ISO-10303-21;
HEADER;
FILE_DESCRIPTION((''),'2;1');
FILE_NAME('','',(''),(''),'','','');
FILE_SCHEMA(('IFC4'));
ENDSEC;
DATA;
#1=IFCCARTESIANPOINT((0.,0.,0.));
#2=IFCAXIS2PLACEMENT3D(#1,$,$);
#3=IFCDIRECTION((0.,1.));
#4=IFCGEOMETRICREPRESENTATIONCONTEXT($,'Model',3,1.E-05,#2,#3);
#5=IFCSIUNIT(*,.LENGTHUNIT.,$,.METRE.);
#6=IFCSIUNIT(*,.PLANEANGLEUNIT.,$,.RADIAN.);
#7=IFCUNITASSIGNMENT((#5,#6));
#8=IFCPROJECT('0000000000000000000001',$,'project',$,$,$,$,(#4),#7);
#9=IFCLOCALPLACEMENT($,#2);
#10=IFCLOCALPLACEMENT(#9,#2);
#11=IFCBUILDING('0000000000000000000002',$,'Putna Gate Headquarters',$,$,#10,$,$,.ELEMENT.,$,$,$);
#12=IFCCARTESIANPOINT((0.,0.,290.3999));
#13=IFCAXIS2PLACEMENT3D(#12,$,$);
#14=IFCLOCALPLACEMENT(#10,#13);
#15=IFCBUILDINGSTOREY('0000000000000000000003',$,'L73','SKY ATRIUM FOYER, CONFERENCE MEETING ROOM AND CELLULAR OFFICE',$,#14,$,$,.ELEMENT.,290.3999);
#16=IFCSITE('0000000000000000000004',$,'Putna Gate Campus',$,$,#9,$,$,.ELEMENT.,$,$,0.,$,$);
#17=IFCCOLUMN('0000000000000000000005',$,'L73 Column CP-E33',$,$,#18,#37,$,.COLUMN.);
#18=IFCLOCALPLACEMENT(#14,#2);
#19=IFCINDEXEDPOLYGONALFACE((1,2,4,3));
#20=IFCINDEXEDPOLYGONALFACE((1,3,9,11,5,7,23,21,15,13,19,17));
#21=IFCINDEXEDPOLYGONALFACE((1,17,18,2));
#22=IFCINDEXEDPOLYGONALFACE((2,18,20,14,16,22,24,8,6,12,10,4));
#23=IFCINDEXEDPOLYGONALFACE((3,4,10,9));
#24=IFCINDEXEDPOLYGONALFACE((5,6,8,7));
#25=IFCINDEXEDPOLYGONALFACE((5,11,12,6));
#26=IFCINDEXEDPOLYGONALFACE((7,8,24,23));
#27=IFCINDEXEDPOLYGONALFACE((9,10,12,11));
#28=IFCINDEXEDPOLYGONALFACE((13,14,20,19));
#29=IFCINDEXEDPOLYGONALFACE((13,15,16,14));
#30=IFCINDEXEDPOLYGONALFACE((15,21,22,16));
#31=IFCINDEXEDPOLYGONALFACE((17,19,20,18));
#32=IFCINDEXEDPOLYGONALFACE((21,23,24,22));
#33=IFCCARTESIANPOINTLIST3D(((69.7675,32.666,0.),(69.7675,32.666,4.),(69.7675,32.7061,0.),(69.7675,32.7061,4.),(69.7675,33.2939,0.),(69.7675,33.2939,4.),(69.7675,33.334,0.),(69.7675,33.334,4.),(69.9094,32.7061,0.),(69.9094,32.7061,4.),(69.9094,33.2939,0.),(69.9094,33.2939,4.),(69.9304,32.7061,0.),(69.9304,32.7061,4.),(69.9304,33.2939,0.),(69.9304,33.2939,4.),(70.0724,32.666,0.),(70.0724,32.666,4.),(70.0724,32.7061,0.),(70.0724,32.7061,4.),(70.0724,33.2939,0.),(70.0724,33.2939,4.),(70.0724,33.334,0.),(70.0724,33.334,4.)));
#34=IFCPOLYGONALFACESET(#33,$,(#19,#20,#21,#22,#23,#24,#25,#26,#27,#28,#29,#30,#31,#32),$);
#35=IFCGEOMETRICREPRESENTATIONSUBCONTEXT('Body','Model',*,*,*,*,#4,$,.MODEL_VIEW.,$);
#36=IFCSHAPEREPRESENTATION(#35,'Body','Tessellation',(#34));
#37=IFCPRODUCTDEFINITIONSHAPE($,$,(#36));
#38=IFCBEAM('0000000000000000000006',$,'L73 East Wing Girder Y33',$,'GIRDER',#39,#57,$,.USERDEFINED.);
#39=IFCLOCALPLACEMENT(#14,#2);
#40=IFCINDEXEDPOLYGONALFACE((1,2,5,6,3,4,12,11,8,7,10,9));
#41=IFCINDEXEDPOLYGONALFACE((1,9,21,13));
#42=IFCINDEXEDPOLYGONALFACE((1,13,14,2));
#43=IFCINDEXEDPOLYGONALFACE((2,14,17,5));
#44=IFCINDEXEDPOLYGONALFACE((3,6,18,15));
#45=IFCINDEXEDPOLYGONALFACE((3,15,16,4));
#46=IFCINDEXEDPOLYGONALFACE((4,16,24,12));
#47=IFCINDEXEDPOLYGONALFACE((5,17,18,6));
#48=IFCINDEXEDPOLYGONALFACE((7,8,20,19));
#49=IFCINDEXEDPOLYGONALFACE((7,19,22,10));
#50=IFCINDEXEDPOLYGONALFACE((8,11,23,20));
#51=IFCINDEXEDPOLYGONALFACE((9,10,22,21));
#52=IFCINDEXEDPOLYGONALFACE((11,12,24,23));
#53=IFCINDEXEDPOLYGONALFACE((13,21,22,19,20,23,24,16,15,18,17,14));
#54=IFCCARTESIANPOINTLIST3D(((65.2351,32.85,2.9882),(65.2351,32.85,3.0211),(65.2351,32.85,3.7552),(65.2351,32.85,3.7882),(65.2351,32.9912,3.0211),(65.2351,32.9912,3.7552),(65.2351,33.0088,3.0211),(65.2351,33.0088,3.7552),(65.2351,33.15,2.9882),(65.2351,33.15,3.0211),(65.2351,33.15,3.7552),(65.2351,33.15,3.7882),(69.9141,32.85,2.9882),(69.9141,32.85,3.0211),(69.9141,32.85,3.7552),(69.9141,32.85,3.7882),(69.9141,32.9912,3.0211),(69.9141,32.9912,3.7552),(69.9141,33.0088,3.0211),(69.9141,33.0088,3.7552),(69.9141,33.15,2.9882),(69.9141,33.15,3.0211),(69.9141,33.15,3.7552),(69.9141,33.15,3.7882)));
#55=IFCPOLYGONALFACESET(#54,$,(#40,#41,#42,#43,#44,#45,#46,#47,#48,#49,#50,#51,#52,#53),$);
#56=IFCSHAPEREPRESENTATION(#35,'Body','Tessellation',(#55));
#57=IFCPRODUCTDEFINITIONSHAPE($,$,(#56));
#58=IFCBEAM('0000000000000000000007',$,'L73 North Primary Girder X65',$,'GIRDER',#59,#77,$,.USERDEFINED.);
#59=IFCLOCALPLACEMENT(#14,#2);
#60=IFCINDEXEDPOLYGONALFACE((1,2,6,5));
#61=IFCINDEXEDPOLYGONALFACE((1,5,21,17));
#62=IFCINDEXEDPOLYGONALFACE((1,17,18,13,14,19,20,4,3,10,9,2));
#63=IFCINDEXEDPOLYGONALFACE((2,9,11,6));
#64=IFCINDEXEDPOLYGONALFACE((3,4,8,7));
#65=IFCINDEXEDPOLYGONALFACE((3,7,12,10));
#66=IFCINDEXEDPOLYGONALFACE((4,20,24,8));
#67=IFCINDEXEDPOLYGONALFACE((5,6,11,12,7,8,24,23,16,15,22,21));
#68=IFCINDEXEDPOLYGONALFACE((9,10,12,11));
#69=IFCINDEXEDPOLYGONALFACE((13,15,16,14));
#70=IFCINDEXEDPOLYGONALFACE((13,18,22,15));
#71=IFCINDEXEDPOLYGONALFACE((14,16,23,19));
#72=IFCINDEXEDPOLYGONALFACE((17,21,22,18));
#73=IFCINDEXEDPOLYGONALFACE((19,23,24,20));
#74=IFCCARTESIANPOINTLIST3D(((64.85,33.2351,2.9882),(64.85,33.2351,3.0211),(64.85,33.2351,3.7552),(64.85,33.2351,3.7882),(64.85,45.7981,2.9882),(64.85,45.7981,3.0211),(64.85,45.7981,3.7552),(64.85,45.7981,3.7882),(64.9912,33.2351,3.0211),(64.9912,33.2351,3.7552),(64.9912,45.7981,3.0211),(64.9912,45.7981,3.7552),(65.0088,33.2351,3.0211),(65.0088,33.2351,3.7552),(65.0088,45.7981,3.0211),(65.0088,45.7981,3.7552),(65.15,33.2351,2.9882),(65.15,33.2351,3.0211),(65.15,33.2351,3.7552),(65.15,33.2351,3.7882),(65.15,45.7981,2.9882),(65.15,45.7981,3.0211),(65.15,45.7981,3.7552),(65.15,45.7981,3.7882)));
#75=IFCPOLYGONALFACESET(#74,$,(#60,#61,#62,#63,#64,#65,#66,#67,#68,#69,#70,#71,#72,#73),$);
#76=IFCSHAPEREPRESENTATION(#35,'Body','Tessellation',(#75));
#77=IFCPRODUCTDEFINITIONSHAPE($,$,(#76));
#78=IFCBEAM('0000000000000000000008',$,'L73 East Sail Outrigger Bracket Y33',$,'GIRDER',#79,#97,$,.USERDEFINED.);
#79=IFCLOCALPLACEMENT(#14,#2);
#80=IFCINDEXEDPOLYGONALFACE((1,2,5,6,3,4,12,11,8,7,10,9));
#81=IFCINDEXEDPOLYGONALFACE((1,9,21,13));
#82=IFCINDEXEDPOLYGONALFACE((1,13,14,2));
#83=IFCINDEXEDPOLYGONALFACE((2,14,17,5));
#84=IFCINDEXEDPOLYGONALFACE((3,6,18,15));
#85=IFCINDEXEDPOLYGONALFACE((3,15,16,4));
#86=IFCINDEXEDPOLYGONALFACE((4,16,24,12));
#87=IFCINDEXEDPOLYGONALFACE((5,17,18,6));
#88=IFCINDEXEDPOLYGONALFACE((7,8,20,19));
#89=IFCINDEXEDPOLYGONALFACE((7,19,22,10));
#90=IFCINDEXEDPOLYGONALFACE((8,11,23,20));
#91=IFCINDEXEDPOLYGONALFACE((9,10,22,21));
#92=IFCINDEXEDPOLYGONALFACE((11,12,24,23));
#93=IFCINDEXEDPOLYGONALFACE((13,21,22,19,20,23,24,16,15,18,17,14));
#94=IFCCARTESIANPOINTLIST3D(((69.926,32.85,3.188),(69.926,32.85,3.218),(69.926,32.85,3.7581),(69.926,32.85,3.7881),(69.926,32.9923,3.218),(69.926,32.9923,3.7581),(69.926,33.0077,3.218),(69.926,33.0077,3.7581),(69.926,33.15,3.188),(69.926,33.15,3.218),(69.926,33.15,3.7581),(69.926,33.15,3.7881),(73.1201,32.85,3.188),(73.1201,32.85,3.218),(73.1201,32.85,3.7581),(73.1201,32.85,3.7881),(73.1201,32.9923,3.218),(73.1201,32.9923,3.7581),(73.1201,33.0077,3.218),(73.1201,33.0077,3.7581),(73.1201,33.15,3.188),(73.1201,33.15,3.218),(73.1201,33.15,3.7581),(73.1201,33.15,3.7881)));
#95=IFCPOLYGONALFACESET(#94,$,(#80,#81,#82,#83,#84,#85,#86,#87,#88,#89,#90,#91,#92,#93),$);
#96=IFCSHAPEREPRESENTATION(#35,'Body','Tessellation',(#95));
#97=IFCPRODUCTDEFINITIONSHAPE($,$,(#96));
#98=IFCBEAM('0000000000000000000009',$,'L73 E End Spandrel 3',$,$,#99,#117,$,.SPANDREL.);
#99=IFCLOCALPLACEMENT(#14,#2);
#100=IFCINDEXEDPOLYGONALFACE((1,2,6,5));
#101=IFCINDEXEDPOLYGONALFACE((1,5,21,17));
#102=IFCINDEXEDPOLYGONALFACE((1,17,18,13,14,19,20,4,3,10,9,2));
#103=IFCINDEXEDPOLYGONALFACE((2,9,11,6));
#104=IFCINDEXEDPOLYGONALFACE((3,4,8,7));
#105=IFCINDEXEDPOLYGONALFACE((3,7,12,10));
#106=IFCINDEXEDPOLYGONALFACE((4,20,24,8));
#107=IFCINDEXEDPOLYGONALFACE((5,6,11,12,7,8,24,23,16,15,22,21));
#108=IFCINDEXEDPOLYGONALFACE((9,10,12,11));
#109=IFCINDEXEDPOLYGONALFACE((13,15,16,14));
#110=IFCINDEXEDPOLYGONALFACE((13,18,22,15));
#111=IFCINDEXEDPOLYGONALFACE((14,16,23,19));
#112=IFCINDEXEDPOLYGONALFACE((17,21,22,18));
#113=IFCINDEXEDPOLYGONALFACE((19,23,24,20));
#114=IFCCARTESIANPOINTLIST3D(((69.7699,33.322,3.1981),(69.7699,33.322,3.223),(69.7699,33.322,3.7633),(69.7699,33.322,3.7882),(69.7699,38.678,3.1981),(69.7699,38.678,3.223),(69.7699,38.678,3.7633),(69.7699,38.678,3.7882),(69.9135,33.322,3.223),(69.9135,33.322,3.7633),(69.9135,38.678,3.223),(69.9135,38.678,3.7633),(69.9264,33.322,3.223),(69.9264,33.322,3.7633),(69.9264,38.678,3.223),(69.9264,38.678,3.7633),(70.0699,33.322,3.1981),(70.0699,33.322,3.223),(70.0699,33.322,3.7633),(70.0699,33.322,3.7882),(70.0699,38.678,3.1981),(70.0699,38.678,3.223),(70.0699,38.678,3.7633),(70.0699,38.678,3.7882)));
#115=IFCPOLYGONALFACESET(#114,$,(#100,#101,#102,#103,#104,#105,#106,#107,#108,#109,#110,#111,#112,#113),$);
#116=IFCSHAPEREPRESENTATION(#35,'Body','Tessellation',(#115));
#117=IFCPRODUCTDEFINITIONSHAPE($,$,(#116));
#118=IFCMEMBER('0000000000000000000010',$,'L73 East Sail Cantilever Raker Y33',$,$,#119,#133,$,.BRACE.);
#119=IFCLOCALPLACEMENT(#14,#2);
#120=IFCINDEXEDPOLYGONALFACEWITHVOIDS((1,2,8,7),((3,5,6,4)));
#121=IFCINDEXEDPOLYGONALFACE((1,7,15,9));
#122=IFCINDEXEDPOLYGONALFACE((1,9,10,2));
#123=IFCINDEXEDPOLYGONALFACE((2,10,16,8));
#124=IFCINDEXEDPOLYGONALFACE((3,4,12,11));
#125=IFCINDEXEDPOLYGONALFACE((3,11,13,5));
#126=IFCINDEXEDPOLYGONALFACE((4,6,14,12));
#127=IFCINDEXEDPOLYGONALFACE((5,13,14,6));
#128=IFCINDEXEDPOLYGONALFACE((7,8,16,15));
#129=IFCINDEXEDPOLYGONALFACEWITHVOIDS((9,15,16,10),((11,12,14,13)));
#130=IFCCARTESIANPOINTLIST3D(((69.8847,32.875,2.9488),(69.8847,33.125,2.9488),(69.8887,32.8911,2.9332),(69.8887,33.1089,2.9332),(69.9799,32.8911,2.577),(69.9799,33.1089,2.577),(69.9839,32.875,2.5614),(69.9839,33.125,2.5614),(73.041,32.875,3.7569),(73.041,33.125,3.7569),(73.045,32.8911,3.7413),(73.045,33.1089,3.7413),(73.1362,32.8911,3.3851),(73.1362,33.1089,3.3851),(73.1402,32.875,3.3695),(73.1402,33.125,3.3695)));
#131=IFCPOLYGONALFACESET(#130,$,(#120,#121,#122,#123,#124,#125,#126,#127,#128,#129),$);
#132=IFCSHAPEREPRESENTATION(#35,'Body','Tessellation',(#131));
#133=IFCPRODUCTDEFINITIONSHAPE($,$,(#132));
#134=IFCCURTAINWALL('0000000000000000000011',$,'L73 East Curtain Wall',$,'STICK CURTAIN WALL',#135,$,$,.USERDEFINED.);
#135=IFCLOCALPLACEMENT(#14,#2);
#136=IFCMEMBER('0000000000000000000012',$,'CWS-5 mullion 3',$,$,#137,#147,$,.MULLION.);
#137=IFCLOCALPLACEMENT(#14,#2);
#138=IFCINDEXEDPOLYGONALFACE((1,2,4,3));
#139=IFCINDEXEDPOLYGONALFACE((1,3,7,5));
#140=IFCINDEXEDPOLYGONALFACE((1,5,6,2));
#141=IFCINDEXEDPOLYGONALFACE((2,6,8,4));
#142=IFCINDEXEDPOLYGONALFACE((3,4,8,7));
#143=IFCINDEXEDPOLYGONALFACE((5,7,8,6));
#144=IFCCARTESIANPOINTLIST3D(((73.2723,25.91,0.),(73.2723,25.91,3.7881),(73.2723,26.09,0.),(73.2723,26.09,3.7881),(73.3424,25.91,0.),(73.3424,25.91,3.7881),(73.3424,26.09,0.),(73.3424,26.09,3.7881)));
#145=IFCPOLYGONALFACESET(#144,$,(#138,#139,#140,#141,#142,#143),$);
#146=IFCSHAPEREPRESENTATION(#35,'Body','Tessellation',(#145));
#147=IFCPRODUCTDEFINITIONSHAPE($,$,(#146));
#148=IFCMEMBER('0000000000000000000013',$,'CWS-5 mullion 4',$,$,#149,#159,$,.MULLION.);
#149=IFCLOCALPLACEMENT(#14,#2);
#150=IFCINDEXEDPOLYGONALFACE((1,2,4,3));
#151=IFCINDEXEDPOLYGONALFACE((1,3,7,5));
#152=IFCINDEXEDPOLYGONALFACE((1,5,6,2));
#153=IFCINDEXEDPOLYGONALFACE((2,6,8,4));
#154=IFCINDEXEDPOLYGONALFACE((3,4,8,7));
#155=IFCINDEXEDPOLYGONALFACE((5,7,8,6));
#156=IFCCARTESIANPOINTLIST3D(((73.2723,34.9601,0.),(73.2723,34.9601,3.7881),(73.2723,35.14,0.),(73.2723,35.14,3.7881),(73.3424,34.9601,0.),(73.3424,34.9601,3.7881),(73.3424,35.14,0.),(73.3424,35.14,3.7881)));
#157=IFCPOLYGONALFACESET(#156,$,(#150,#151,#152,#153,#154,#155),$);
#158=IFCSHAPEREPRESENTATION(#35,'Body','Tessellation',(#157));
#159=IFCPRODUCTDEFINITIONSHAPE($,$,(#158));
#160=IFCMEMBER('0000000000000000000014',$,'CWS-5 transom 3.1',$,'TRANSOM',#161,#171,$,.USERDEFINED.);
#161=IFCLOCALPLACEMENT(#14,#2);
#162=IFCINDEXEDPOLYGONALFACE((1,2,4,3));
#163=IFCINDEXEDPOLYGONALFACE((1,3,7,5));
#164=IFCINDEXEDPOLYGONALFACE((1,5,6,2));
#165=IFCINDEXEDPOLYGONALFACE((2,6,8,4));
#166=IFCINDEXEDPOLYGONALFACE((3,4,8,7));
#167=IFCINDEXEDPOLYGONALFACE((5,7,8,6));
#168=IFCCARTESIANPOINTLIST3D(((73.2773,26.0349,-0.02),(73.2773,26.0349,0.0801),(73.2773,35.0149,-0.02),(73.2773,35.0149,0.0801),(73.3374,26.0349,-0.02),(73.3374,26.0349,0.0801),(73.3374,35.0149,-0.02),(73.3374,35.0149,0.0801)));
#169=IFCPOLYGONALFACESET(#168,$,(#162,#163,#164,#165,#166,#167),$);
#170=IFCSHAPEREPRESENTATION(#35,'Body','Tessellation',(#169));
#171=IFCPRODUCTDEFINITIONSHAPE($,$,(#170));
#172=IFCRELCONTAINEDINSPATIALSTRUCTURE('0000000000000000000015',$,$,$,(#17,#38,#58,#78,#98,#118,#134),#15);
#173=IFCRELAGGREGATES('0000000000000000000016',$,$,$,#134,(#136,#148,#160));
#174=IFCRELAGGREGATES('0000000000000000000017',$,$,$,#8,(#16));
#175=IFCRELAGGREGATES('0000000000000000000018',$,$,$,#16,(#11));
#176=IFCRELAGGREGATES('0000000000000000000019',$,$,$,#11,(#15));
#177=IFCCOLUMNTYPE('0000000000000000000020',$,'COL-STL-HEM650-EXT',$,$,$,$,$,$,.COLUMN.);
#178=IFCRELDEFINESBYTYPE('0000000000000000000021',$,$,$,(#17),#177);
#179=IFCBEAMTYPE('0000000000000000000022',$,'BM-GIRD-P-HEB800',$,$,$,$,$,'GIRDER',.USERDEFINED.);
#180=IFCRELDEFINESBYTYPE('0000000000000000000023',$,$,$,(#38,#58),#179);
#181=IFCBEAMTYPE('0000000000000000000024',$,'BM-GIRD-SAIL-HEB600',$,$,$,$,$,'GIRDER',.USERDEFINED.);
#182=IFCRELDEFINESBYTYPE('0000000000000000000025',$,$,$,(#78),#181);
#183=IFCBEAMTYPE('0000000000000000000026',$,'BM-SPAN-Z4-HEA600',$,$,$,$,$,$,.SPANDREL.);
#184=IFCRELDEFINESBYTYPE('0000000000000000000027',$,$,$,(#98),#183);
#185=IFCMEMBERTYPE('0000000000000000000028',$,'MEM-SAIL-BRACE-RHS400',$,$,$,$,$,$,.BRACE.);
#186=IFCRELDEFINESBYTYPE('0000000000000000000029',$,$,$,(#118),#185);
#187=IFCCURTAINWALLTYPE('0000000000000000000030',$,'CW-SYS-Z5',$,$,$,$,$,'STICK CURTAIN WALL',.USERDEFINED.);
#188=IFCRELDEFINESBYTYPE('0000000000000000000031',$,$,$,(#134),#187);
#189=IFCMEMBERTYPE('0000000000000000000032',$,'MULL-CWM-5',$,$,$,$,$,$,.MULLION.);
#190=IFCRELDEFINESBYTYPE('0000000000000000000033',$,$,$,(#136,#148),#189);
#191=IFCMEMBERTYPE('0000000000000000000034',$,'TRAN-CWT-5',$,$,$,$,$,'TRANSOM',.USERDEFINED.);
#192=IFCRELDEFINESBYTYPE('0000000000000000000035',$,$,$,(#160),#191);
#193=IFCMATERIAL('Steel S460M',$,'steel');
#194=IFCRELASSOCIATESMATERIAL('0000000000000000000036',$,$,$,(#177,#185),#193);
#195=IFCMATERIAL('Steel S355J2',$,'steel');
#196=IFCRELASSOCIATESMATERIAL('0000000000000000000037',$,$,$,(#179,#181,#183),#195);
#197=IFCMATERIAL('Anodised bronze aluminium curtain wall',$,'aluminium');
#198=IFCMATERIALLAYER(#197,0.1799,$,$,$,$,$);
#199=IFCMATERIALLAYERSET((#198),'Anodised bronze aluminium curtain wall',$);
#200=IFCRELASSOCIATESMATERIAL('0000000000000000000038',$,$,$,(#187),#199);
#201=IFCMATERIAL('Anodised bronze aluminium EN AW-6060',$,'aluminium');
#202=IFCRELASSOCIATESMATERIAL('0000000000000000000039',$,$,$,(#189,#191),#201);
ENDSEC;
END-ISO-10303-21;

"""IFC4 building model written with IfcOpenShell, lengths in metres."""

from ifc_helpers import new_model, si_unit, direction, frame, origin, origin_2d, place, context, subcontext, project, spatial, rectangle, hollow_rectangle, i_section, extrude, material, layer, layer_set, material_profile, profile_set, type_object, element, aggregate, save


model = new_model("IFC4")

# Units and contexts
model_context = context("Model", 3, precision=1e-05, world=origin(), true_north=direction((0.0, 1.0)))
body_context = subcontext(model_context, "Body", "Model", "MODEL_VIEW")
ifc_project = project(units=[si_unit("LENGTHUNIT", "METRE"), si_unit("PLANEANGLEUNIT", "RADIAN")], contexts=[model_context])

# Site, building, storey
site_placement = place(None, origin())
site = spatial("IfcSite", under=ifc_project, at=site_placement, Name="Putna Gate Campus", CompositionType="ELEMENT", RefElevation=0.0)
building_placement = place(site_placement, origin())
building = spatial("IfcBuilding", under=site, at=building_placement, Name="Putna Gate Headquarters", CompositionType="ELEMENT")
storey_placement = place(building_placement, frame((0.0, 0.0, 290.3999)))
storey = spatial("IfcBuildingStorey", under=building, at=storey_placement, Name="L73", Description="SKY ATRIUM FOYER, CONFERENCE MEETING ROOM AND CELLULAR OFFICE", CompositionType="ELEMENT", Elevation=290.3999)

# Column
ifc_material_1 = material(Name="Steel S460M", Category="steel")
ifc_material_profile_1 = material_profile(ifc_material_1, i_section(OverallWidth=0.3049, OverallDepth=0.668, WebThickness=0.021, FlangeThickness=0.04, at=origin_2d()), Name="Steel S460M")
ifc_profile_set_1 = profile_set([ifc_material_profile_1], Name="Steel S460M")
column_type = type_object("IfcColumnType", Name="COL-STL-HEM650-EXT", PredefinedType="COLUMN", material=ifc_profile_set_1)
column_placement = place(storey_placement, frame((69.9199, 33.0, 0.0), z_axis=(0.0, 0.0, 1.0), x_axis=(1.0, 0.0, 0.0)))
element("IfcColumn", 1, at=column_placement, inside=storey, type_object=column_type, Name="L73 Column CP-E33", PredefinedType="COLUMN", context=body_context, shape_type="SweptSolid", body=[
    extrude(i_section(OverallWidth=0.3049, OverallDepth=0.668, WebThickness=0.021, FlangeThickness=0.04, at=origin_2d()), origin(), (0.0, 0.0, 1.0), 4.0),
])

# Beams
ifc_material_2 = material(Name="Steel S355J2", Category="steel")
ifc_material_profile_2 = material_profile(ifc_material_2, i_section(OverallWidth=0.3, OverallDepth=0.8, WebThickness=0.0176, FlangeThickness=0.033, at=origin_2d()), Name="Steel S355J2")
ifc_profile_set_2 = profile_set([ifc_material_profile_2], Name="Steel S355J2")
beam_type_1 = type_object("IfcBeamType", Name="BM-GIRD-P-HEB800", ElementType="GIRDER", PredefinedType="USERDEFINED", material=ifc_profile_set_2)
beam_1_placement = place(storey_placement, frame((65.2351, 33.0, 3.3882), z_axis=(1.0, 0.0, 0.0), x_axis=(0.0, 1.0, 0.0)))
element("IfcBeam", 2, at=beam_1_placement, inside=storey, type_object=beam_type_1, Name="L73 East Wing Girder Y33", ObjectType="GIRDER", PredefinedType="USERDEFINED", context=body_context, shape_type="SweptSolid", body=[
    extrude(i_section(OverallWidth=0.3, OverallDepth=0.8, WebThickness=0.0176, FlangeThickness=0.033, at=origin_2d()), origin(), (0.0, 0.0, 1.0), 4.679),
])
beam_2_placement = place(storey_placement, frame((65.0, 33.2351, 3.3882), z_axis=(0.0, 1.0, 0.0), x_axis=(-1.0, 0.0, 0.0)))
element("IfcBeam", 3, at=beam_2_placement, inside=storey, type_object=beam_type_1, Name="L73 North Primary Girder X65", ObjectType="GIRDER", PredefinedType="USERDEFINED", context=body_context, shape_type="SweptSolid", body=[
    extrude(i_section(OverallWidth=0.3, OverallDepth=0.8, WebThickness=0.0176, FlangeThickness=0.033, at=origin_2d()), origin(), (0.0, 0.0, 1.0), 12.563),
])
ifc_material_profile_3 = material_profile(ifc_material_2, i_section(OverallWidth=0.3, OverallDepth=0.6001, WebThickness=0.0154, FlangeThickness=0.03, at=origin_2d()), Name="Steel S355J2")
ifc_profile_set_3 = profile_set([ifc_material_profile_3], Name="Steel S355J2")
beam_type_2 = type_object("IfcBeamType", Name="BM-GIRD-SAIL-HEB600", ElementType="GIRDER", PredefinedType="USERDEFINED", material=ifc_profile_set_3)
beam_3_placement = place(storey_placement, frame((69.926, 33.0, 3.488), z_axis=(1.0, 0.0, 0.0), x_axis=(0.0, 1.0, 0.0)))
element("IfcBeam", 4, at=beam_3_placement, inside=storey, type_object=beam_type_2, Name="L73 East Sail Outrigger Bracket Y33", ObjectType="GIRDER", PredefinedType="USERDEFINED", context=body_context, shape_type="SweptSolid", body=[
    extrude(i_section(OverallWidth=0.3, OverallDepth=0.6001, WebThickness=0.0154, FlangeThickness=0.03, at=origin_2d()), origin(), (0.0, 0.0, 1.0), 3.1941),
])
ifc_material_profile_4 = material_profile(ifc_material_2, i_section(OverallWidth=0.3, OverallDepth=0.5901, WebThickness=0.0129, FlangeThickness=0.0249, at=origin_2d()), Name="Steel S355J2")
ifc_profile_set_4 = profile_set([ifc_material_profile_4], Name="Steel S355J2")
beam_type_3 = type_object("IfcBeamType", Name="BM-SPAN-Z4-HEA600", PredefinedType="SPANDREL", material=ifc_profile_set_4)
beam_4_placement = place(storey_placement, frame((69.9199, 33.322, 3.4932), z_axis=(0.0, 1.0, 0.0), x_axis=(-1.0, 0.0, 0.0)))
element("IfcBeam", 5, at=beam_4_placement, inside=storey, type_object=beam_type_3, Name="L73 E End Spandrel 3", PredefinedType="SPANDREL", context=body_context, shape_type="SweptSolid", body=[
    extrude(i_section(OverallWidth=0.3, OverallDepth=0.5901, WebThickness=0.0129, FlangeThickness=0.0249, at=origin_2d()), origin(), (0.0, 0.0, 1.0), 5.356),
])

# Member
ifc_material_profile_5 = material_profile(ifc_material_1, hollow_rectangle(XDim=0.25, YDim=0.3999, WallThickness=0.0161, at=origin_2d()), Name="Steel S460M")
ifc_profile_set_5 = profile_set([ifc_material_profile_5], Name="Steel S460M")
member_type_1 = type_object("IfcMemberType", Name="MEM-SAIL-BRACE-RHS400", PredefinedType="BRACE", material=ifc_profile_set_5)
member_1_placement = place(storey_placement, frame((69.9343, 33.0, 2.7551), z_axis=(0.968752, 0.0, 0.248033), x_axis=(0.0, 1.0, 0.0)))
element("IfcMember", 6, at=member_1_placement, inside=storey, type_object=member_type_1, Name="L73 East Sail Cantilever Raker Y33", PredefinedType="BRACE", context=body_context, shape_type="SweptSolid", body=[
    extrude(hollow_rectangle(XDim=0.25, YDim=0.3999, WallThickness=0.0161, at=origin_2d()), origin(), (0.0, 0.0, 1.0), 3.2581),
])

# Curtain wall, members
ifc_material_3 = material(Name="Anodised bronze aluminium curtain wall", Category="aluminium")
ifc_layer_1 = layer(ifc_material_3, 0.1799)
ifc_layer_set_1 = layer_set([ifc_layer_1], Name="Anodised bronze aluminium curtain wall")
curtain_wall_type = type_object("IfcCurtainWallType", Name="CW-SYS-Z5", ElementType="STICK CURTAIN WALL", PredefinedType="USERDEFINED", material=ifc_layer_set_1)
curtain_wall_placement = place(storey_placement, origin())
curtain_wall = element("IfcCurtainWall", 7, at=curtain_wall_placement, inside=storey, type_object=curtain_wall_type, Name="L73 East Curtain Wall", ObjectType="STICK CURTAIN WALL", PredefinedType="USERDEFINED")
ifc_material_4 = material(Name="Anodised bronze aluminium EN AW-6060", Category="aluminium")
ifc_material_profile_6 = material_profile(ifc_material_4, rectangle(XDim=0.0701, YDim=0.1799, at=origin_2d()), Name="Anodised bronze aluminium EN AW-6060")
ifc_profile_set_6 = profile_set([ifc_material_profile_6], Name="Anodised bronze aluminium EN AW-6060")
member_type_2 = type_object("IfcMemberType", Name="MULL-CWM-5", PredefinedType="MULLION", material=ifc_profile_set_6)
member_2_placement = place(storey_placement, frame((73.3074, 26.0, 0.0), z_axis=(0.0, 0.0, 1.0), x_axis=(-1.0, 0.0, 0.0)))
member_2 = element("IfcMember", 8, at=member_2_placement, type_object=member_type_2, Name="CWS-5 mullion 3", PredefinedType="MULLION", context=body_context, shape_type="SweptSolid", body=[
    extrude(rectangle(XDim=0.0701, YDim=0.1799, at=origin_2d()), origin(), (0.0, 0.0, 1.0), 3.7881),
])
member_3_placement = place(storey_placement, frame((73.3074, 35.05, 0.0), z_axis=(0.0, 0.0, 1.0), x_axis=(-1.0, 0.0, 0.0)))
member_3 = element("IfcMember", 9, at=member_3_placement, type_object=member_type_2, Name="CWS-5 mullion 4", PredefinedType="MULLION", context=body_context, shape_type="SweptSolid", body=[
    extrude(rectangle(XDim=0.0701, YDim=0.1799, at=origin_2d()), origin(), (0.0, 0.0, 1.0), 3.7881),
])
ifc_material_profile_7 = material_profile(ifc_material_4, rectangle(XDim=0.0601, YDim=0.1001, at=origin_2d()), Name="Anodised bronze aluminium EN AW-6060")
ifc_profile_set_7 = profile_set([ifc_material_profile_7], Name="Anodised bronze aluminium EN AW-6060")
member_type_3 = type_object("IfcMemberType", Name="TRAN-CWT-5", ElementType="TRANSOM", PredefinedType="USERDEFINED", material=ifc_profile_set_7)
member_4_placement = place(storey_placement, frame((73.3074, 26.0349, 0.03), z_axis=(0.0, 1.0, 0.0), x_axis=(-1.0, 0.0, 0.0)))
member_4 = element("IfcMember", 10, at=member_4_placement, type_object=member_type_3, Name="CWS-5 transom 3.1", ObjectType="TRANSOM", PredefinedType="USERDEFINED", context=body_context, shape_type="SweptSolid", body=[
    extrude(rectangle(XDim=0.0601, YDim=0.1001, at=origin_2d()), origin(), (0.0, 0.0, 1.0), 8.98),
])
aggregate(curtain_wall, [member_2, member_3, member_4])

save(model, "model.ifc")
